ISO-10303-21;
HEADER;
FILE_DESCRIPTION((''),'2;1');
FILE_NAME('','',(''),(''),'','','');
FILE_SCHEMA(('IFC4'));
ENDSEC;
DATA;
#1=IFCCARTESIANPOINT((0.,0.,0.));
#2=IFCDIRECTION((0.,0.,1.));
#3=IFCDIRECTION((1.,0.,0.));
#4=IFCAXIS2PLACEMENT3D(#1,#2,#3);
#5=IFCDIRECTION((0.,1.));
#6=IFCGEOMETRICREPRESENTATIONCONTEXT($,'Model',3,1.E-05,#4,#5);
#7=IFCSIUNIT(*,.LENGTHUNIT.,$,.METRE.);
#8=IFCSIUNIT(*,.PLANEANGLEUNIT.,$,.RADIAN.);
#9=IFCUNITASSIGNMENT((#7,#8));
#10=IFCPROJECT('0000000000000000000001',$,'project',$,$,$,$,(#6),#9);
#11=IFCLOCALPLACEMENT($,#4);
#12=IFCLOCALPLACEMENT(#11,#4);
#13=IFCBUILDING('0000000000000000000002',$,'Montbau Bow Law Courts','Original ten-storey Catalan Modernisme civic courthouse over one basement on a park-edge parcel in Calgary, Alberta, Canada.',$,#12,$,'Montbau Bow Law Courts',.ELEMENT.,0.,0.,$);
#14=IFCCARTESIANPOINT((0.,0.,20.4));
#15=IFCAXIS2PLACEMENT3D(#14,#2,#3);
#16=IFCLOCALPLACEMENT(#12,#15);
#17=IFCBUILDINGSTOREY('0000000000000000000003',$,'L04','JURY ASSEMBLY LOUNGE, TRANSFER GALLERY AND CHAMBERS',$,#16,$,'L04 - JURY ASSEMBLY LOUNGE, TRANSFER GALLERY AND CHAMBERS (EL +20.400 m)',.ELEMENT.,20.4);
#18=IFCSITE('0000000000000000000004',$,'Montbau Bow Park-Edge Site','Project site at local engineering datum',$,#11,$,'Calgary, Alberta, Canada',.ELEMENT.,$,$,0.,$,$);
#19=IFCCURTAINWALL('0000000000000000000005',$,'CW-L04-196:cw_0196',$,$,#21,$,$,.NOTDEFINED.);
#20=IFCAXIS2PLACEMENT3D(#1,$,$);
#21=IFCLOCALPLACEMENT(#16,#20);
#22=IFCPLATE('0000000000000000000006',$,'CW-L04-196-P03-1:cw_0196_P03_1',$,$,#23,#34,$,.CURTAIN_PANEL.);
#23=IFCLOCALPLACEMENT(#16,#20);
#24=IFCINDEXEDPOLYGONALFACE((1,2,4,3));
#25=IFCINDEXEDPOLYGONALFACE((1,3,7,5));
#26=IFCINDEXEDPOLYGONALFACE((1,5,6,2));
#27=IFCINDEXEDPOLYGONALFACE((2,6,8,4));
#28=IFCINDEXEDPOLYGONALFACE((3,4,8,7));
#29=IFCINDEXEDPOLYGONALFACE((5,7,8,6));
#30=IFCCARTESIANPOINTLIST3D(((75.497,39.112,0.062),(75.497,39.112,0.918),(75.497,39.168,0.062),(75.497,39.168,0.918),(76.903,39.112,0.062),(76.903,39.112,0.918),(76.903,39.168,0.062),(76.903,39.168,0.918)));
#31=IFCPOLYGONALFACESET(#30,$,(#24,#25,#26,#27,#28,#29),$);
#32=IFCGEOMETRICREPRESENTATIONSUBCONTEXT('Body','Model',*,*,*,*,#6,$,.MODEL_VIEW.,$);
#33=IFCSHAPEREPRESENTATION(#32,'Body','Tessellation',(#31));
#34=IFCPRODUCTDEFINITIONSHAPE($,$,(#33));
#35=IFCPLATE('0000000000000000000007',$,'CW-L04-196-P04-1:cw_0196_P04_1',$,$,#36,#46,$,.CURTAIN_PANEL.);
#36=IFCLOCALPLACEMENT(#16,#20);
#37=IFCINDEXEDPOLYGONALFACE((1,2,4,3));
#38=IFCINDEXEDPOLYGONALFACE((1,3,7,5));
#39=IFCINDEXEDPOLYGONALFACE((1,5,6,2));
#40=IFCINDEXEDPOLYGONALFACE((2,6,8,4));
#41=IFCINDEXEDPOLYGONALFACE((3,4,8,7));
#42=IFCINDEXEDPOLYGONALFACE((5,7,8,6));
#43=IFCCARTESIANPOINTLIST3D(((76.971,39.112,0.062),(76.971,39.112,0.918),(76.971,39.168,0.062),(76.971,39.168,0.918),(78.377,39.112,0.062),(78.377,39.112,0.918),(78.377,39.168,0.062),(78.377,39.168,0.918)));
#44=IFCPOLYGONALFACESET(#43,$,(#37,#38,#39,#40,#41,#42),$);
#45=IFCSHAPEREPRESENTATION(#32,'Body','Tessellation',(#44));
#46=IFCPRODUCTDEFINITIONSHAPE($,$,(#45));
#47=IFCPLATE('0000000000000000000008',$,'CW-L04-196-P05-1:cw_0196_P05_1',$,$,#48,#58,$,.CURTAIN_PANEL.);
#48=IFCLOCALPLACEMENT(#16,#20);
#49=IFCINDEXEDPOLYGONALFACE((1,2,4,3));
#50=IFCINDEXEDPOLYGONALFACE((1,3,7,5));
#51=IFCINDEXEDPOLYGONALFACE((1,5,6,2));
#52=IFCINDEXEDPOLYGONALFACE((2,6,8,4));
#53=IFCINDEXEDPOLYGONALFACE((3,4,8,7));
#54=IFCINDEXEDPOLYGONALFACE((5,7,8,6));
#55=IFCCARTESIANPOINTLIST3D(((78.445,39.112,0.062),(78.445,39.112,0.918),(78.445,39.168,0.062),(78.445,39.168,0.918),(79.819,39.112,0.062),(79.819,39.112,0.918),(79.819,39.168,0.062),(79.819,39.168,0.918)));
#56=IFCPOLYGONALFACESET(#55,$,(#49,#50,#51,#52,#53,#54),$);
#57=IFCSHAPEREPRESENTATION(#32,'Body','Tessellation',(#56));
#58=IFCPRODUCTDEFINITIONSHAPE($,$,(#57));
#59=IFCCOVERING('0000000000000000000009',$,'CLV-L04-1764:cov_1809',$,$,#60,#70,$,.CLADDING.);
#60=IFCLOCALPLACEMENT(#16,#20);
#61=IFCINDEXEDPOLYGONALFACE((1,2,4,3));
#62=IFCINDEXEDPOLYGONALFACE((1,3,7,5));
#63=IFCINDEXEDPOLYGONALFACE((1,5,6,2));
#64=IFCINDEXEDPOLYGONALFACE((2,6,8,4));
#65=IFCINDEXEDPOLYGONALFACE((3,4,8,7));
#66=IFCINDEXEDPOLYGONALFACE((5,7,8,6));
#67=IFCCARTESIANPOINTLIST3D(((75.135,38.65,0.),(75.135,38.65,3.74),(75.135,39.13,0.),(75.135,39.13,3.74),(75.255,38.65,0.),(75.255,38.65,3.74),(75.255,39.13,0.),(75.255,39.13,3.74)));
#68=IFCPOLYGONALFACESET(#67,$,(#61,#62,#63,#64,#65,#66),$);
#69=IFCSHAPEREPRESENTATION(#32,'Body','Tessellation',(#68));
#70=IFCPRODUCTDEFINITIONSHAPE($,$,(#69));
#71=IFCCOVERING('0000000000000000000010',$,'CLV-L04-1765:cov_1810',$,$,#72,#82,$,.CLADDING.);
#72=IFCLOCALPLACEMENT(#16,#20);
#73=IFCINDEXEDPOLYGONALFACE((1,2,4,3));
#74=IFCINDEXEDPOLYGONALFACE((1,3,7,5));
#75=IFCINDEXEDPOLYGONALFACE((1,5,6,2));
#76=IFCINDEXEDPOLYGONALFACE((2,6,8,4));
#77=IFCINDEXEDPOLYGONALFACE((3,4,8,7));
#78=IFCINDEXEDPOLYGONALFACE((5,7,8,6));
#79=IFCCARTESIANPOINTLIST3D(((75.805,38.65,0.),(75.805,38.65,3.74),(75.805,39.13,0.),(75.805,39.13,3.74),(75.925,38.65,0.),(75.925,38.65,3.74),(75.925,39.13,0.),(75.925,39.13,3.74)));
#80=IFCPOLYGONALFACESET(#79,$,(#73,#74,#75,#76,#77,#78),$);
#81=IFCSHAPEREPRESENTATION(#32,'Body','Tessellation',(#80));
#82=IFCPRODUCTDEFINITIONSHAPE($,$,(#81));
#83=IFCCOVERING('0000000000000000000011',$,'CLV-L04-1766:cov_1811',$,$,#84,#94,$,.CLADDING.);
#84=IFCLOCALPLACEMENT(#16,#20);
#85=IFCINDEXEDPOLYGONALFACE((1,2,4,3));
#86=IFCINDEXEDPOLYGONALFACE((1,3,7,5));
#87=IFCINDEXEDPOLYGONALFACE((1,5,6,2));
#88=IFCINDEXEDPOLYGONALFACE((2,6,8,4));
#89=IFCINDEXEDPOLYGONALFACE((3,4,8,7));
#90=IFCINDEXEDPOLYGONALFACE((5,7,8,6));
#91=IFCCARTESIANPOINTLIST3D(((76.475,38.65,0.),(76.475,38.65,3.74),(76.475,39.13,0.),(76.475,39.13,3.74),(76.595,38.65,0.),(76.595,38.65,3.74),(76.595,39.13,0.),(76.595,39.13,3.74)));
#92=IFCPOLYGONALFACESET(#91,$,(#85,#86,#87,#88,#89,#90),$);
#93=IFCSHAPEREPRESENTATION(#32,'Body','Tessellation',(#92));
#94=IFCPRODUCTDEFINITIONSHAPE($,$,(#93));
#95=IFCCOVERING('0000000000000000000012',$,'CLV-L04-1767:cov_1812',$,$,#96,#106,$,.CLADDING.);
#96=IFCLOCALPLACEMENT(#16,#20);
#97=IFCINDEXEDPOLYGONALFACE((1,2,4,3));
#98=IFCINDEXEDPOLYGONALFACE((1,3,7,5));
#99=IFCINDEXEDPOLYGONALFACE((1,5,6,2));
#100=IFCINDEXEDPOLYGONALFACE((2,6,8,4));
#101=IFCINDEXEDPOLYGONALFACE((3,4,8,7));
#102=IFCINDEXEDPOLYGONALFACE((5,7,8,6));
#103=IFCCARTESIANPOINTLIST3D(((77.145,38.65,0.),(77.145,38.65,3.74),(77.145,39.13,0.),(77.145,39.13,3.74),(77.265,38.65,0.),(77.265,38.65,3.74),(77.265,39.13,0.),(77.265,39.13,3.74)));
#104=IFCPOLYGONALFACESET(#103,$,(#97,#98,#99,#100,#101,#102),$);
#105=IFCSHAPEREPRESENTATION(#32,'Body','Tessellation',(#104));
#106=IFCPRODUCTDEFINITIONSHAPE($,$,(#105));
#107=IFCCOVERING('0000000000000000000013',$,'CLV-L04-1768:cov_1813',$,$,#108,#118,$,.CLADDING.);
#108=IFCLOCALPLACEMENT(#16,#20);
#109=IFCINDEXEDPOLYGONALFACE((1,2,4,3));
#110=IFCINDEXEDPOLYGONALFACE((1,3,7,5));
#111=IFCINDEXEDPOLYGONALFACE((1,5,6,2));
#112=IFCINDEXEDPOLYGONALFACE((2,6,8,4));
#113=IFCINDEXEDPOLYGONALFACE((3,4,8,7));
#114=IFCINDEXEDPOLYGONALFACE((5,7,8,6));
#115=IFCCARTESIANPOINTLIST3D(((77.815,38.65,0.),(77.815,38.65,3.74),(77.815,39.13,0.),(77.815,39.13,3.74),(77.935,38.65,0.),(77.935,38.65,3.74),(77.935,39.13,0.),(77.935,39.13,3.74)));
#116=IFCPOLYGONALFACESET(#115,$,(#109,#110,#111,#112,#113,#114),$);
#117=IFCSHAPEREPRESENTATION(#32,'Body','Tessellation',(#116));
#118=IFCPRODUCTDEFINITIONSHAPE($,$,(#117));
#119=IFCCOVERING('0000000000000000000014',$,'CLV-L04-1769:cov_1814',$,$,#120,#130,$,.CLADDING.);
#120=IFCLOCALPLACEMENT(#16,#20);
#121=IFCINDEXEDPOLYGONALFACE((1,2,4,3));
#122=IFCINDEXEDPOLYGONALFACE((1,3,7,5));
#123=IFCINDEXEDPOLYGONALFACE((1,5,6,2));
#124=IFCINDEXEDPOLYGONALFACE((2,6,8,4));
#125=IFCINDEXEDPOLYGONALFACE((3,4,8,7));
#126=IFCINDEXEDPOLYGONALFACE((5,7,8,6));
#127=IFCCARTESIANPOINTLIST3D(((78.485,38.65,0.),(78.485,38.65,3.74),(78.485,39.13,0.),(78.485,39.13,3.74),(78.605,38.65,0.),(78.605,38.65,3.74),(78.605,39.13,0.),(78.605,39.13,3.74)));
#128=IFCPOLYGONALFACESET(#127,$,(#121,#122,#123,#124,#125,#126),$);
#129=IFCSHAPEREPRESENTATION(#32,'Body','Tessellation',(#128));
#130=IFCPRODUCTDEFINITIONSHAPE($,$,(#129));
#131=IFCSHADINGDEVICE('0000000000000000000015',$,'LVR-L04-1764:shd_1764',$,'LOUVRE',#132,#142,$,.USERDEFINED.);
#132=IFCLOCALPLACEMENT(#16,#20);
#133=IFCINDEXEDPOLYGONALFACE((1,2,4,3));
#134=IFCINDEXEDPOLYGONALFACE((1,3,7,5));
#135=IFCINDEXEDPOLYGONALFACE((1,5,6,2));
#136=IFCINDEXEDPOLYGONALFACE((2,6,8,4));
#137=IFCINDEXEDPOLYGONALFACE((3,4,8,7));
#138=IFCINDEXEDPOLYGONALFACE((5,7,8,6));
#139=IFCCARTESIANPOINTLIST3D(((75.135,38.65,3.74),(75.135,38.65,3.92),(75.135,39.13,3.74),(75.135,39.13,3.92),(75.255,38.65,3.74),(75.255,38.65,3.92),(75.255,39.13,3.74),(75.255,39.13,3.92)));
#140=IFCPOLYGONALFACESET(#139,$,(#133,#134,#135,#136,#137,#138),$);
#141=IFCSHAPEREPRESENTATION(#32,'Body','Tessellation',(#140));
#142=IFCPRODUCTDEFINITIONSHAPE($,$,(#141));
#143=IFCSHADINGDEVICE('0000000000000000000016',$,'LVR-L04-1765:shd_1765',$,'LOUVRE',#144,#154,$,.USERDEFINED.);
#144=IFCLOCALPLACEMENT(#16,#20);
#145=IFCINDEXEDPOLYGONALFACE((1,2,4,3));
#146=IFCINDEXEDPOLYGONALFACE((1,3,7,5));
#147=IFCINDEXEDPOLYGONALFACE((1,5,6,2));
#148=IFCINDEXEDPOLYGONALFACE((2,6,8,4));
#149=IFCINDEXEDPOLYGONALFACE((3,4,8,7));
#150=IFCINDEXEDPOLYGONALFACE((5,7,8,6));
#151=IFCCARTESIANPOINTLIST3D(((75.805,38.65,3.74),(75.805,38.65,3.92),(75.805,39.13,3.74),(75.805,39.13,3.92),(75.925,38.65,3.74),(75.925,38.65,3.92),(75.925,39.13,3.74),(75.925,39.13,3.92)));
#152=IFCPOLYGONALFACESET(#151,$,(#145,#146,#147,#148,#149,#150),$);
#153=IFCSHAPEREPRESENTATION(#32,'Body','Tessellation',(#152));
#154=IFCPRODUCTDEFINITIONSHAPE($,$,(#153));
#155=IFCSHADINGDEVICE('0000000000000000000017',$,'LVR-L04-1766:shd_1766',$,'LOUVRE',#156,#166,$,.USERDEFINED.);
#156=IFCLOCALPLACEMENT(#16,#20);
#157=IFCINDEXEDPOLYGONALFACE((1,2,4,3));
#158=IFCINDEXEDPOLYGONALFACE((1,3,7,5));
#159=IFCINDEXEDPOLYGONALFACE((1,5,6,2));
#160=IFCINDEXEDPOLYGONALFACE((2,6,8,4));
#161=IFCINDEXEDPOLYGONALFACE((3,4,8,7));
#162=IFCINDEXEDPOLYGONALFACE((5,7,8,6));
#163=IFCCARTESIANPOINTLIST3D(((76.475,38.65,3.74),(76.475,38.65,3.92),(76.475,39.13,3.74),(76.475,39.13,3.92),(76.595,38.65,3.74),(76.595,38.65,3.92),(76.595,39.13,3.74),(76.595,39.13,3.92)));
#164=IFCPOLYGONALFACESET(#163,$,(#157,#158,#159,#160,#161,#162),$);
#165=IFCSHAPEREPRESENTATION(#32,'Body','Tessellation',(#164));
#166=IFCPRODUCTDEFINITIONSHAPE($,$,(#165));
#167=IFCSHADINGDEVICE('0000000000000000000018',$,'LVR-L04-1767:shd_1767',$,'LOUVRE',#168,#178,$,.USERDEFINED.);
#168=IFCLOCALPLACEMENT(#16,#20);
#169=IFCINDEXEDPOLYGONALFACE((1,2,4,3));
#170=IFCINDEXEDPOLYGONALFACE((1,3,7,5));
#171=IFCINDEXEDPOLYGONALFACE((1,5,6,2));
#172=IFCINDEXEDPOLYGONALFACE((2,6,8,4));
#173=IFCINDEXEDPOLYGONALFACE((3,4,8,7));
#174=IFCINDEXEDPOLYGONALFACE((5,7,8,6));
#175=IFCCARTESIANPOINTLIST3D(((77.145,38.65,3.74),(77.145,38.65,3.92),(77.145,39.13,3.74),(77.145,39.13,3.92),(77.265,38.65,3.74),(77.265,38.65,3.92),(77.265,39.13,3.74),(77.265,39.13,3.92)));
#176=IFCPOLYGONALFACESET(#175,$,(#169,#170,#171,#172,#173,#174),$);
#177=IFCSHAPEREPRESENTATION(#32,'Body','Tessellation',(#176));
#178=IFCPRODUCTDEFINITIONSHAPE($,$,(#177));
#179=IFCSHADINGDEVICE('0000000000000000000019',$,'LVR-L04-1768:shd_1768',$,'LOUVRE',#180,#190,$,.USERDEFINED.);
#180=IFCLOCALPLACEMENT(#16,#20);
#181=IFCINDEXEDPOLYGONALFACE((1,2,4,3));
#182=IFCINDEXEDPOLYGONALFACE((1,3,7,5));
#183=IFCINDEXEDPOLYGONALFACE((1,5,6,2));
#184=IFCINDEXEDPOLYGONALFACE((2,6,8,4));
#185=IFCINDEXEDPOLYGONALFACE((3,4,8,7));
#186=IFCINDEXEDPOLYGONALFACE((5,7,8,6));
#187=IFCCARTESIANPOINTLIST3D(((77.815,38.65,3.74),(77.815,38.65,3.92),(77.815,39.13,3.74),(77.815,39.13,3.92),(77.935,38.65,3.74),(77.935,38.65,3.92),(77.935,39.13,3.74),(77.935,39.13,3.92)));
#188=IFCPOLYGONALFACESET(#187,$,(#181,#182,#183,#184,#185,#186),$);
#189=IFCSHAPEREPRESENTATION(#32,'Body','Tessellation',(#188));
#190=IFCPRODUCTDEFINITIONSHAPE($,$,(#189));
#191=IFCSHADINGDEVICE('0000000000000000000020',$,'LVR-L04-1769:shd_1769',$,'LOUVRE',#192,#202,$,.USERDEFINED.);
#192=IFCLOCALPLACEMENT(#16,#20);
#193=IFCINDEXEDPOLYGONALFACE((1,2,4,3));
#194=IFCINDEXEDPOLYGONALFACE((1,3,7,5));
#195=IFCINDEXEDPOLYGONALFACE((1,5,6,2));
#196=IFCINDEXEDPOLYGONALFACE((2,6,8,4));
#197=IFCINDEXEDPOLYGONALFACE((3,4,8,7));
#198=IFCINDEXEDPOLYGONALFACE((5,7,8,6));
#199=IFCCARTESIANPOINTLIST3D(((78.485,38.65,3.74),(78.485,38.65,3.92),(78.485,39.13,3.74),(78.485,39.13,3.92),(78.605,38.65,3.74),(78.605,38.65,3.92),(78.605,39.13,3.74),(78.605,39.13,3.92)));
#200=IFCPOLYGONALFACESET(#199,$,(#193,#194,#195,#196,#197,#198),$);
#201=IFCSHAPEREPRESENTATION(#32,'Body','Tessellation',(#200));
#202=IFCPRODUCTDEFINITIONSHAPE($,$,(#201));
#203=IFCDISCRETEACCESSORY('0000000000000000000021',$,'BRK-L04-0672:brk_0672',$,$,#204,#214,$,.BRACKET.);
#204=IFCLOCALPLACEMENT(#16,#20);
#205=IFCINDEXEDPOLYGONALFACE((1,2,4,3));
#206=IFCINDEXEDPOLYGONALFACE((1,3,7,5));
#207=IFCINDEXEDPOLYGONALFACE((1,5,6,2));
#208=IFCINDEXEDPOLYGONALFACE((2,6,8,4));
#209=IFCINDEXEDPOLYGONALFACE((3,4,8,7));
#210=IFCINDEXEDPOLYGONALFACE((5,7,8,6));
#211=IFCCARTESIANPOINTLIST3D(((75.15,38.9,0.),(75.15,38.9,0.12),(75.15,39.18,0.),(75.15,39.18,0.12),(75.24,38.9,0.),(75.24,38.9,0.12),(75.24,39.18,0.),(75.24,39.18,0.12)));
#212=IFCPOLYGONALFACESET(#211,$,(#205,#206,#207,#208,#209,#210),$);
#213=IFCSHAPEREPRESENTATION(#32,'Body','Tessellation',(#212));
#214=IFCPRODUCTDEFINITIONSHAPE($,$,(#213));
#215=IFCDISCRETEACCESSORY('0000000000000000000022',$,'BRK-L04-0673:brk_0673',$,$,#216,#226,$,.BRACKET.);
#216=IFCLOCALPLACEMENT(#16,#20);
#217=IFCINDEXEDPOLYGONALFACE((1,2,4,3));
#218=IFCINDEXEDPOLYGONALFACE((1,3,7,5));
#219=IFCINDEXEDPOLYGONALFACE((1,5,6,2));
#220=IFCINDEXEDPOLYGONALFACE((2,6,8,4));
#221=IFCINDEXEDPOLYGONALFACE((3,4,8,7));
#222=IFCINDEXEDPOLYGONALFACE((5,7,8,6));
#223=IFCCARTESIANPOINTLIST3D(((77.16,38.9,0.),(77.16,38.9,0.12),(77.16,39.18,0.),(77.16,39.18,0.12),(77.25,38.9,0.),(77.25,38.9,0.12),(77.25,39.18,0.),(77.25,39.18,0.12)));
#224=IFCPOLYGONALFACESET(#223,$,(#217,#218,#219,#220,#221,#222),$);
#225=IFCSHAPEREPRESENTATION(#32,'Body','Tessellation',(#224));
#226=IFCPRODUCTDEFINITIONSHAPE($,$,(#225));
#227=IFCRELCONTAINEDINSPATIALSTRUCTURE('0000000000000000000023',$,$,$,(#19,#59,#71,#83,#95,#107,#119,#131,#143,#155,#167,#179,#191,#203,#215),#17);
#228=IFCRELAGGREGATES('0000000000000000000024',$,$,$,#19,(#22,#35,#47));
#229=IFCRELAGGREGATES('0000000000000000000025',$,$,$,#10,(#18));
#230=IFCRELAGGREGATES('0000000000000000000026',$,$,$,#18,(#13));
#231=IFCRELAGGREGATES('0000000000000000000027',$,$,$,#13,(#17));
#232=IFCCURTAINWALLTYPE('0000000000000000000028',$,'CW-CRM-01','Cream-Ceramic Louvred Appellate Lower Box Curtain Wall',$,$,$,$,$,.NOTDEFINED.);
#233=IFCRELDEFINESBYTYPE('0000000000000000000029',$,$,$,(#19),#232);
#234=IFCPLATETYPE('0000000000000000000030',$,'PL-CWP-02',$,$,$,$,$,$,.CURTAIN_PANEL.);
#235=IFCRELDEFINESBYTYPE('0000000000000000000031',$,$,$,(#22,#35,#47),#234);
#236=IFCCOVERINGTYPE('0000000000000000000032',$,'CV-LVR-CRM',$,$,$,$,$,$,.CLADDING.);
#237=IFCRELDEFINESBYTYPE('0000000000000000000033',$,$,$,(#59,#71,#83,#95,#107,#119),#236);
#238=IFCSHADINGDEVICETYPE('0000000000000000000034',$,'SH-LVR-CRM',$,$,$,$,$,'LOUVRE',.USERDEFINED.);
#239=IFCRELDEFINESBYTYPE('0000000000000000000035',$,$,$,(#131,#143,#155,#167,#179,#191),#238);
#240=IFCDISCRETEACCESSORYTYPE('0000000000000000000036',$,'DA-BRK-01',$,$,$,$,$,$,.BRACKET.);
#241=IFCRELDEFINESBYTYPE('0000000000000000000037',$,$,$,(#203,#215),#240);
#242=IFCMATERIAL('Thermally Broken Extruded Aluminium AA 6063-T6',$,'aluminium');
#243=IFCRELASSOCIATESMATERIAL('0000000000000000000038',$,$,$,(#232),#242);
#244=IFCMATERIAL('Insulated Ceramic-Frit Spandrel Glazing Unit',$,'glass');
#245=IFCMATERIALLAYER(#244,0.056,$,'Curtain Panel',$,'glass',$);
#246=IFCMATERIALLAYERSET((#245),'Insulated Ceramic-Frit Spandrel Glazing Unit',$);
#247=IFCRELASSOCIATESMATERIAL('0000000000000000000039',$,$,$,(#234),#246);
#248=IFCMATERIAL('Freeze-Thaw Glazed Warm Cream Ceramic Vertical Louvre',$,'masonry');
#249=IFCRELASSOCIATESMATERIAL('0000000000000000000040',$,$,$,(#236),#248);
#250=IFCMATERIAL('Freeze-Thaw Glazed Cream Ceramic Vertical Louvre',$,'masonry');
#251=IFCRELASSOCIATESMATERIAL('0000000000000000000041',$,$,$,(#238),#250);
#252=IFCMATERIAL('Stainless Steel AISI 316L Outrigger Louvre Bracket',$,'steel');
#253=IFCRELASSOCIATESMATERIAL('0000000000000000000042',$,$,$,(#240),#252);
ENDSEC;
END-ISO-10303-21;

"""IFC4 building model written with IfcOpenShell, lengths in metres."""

from ifc_helpers import new_model, si_unit, direction, frame, frame_2d, origin_with_axes, origin_2d_with_axis, place, context, subcontext, project, spatial, rectangle, extrude, material, layer, layer_set, type_object, element, aggregate, save


model = new_model("IFC4")

# Units and contexts
model_context = context("Model", 3, precision=1e-05, world=origin_with_axes(), true_north=direction((0.0, 1.0)))
body_context = subcontext(model_context, "Body", "Model", "MODEL_VIEW")
ifc_project = project(units=[si_unit("LENGTHUNIT", "METRE"), si_unit("PLANEANGLEUNIT", "RADIAN")], contexts=[model_context])

# Site, building, storey
site_placement = place(None, origin_with_axes())
site = spatial("IfcSite", under=ifc_project, at=site_placement, Name="Montbau Bow Park-Edge Site", Description="Project site at local engineering datum", LongName="Calgary, Alberta, Canada", CompositionType="ELEMENT", RefElevation=0.0)
building_placement = place(site_placement, origin_with_axes())
building = spatial("IfcBuilding", under=site, at=building_placement, Name="Montbau Bow Law Courts", Description="Original ten-storey Catalan Modernisme civic courthouse over one basement on a park-edge parcel in Calgary, Alberta, Canada.", LongName="Montbau Bow Law Courts", CompositionType="ELEMENT", ElevationOfRefHeight=0.0, ElevationOfTerrain=0.0)
storey_placement = place(building_placement, frame((0.0, 0.0, 20.4), z_axis=(0.0, 0.0, 1.0), x_axis=(1.0, 0.0, 0.0)))
storey = spatial("IfcBuildingStorey", under=building, at=storey_placement, Name="L04", Description="JURY ASSEMBLY LOUNGE, TRANSFER GALLERY AND CHAMBERS", LongName="L04 - JURY ASSEMBLY LOUNGE, TRANSFER GALLERY AND CHAMBERS (EL +20.400 m)", CompositionType="ELEMENT", Elevation=20.4)

# Curtain wall, plates
ifc_material_1 = material(Name="Thermally Broken Extruded Aluminium AA 6063-T6", Category="aluminium")
curtain_wall_type = type_object("IfcCurtainWallType", Name="CW-CRM-01", Description="Cream-Ceramic Louvred Appellate Lower Box Curtain Wall", PredefinedType="NOTDEFINED", material=ifc_material_1)
curtain_wall_placement = place(None, frame((72.515, 39.14, 20.4), z_axis=(0.0, 0.0, 1.0), x_axis=(1.0, 0.0, 0.0)))
curtain_wall = element("IfcCurtainWall", 1, at=curtain_wall_placement, inside=storey, type_object=curtain_wall_type, Name="CW-L04-196:cw_0196", PredefinedType="NOTDEFINED")
ifc_material_2 = material(Name="Insulated Ceramic-Frit Spandrel Glazing Unit", Category="glass")
ifc_layer_1 = layer(ifc_material_2, 0.056, Name="Curtain Panel", Category="glass")
ifc_layer_set_1 = layer_set([ifc_layer_1], Name="Insulated Ceramic-Frit Spandrel Glazing Unit")
plate_type_1 = type_object("IfcPlateType", Name="PL-CWP-02", PredefinedType="CURTAIN_PANEL", material=ifc_layer_set_1)
plate_1_placement = place(None, frame((75.497, 39.14, 20.462), z_axis=(0.0, -1.0, 0.0), x_axis=(1.0, 0.0, 0.0)))
plate_1 = element("IfcPlate", 2, at=plate_1_placement, type_object=plate_type_1, Name="CW-L04-196-P03-1:cw_0196_P03_1", PredefinedType="CURTAIN_PANEL", context=body_context, shape_type="SweptSolid", body=[
    extrude(rectangle(XDim=1.406, YDim=0.856, at=frame_2d((0.703, 0.428), x_axis=(1.0, 0.0))), frame((0.0, 0.0, -0.028), z_axis=(0.0, 0.0, 1.0), x_axis=(1.0, 0.0, 0.0)), (0.0, 0.0, 1.0), 0.056),
])
plate_2_placement = place(None, frame((76.971, 39.14, 20.462), z_axis=(0.0, -1.0, 0.0), x_axis=(1.0, 0.0, 0.0)))
plate_2 = element("IfcPlate", 3, at=plate_2_placement, type_object=plate_type_1, Name="CW-L04-196-P04-1:cw_0196_P04_1", PredefinedType="CURTAIN_PANEL", context=body_context, shape_type="SweptSolid", body=[
    extrude(rectangle(XDim=1.406, YDim=0.856, at=frame_2d((0.703, 0.428), x_axis=(1.0, 0.0))), frame((0.0, 0.0, -0.028), z_axis=(0.0, 0.0, 1.0), x_axis=(1.0, 0.0, 0.0)), (0.0, 0.0, 1.0), 0.056),
])
plate_3_placement = place(None, frame((78.445, 39.14, 20.462), z_axis=(0.0, -1.0, 0.0), x_axis=(1.0, 0.0, 0.0)))
plate_3 = element("IfcPlate", 4, at=plate_3_placement, type_object=plate_type_1, Name="CW-L04-196-P05-1:cw_0196_P05_1", PredefinedType="CURTAIN_PANEL", context=body_context, shape_type="SweptSolid", body=[
    extrude(rectangle(XDim=1.374, YDim=0.856, at=frame_2d((0.687, 0.428), x_axis=(1.0, 0.0))), frame((0.0, 0.0, -0.028), z_axis=(0.0, 0.0, 1.0), x_axis=(1.0, 0.0, 0.0)), (0.0, 0.0, 1.0), 0.056),
])
aggregate(curtain_wall, [plate_1, plate_2, plate_3])

# Coverings
ifc_material_3 = material(Name="Freeze-Thaw Glazed Warm Cream Ceramic Vertical Louvre", Category="masonry")
covering_type = type_object("IfcCoveringType", Name="CV-LVR-CRM", PredefinedType="CLADDING", material=ifc_material_3)
for number, where, z_axis, x_axis, name in (
    (5, (75.195, 39.13, 20.4), (-1.0, 0.0, 0.0), (0.0, -1.0, 0.0), "CLV-L04-1764:cov_1809"),
    (6, (75.865, 39.13, 20.4), (-1.0, 0.0, 0.0), (0.0, -1.0, 0.0), "CLV-L04-1765:cov_1810"),
    (7, (76.535, 39.13, 20.4), (-1.0, 0.0, 0.0), (0.0, -1.0, 0.0), "CLV-L04-1766:cov_1811"),
    (8, (77.205, 39.13, 20.4), (-1.0, 0.0, 0.0), (0.0, -1.0, 0.0), "CLV-L04-1767:cov_1812"),
    (9, (77.875, 39.13, 20.4), (-1.0, 0.0, 0.0), (0.0, -1.0, 0.0), "CLV-L04-1768:cov_1813"),
    (10, (78.545, 39.13, 20.4), (-1.0, 0.0, 0.0), (0.0, -1.0, 0.0), "CLV-L04-1769:cov_1814"),
):
    element("IfcCovering", number, at=place(None, frame(where, z_axis=z_axis, x_axis=x_axis)), inside=storey, type_object=covering_type, Name=name, PredefinedType="CLADDING", context=body_context, shape_type="SweptSolid", body=[
        extrude(rectangle(XDim=0.48, YDim=3.74, at=frame_2d((0.24, 1.87), x_axis=(1.0, 0.0))), frame((0.0, 0.0, -0.06), z_axis=(0.0, 0.0, 1.0), x_axis=(1.0, 0.0, 0.0)), (0.0, 0.0, 1.0), 0.12),
    ])

# Shading devices
ifc_material_4 = material(Name="Freeze-Thaw Glazed Cream Ceramic Vertical Louvre", Category="masonry")
shading_device_type = type_object("IfcShadingDeviceType", Name="SH-LVR-CRM", ElementType="LOUVRE", PredefinedType="USERDEFINED", material=ifc_material_4)
for number, where, z_axis, x_axis, name in (
    (11, (75.195, 38.89, 24.14), (0.0, 0.0, 1.0), (0.0, -1.0, 0.0), "LVR-L04-1764:shd_1764"),
    (12, (75.865, 38.89, 24.14), (0.0, 0.0, 1.0), (0.0, -1.0, 0.0), "LVR-L04-1765:shd_1765"),
    (13, (76.535, 38.89, 24.14), (0.0, 0.0, 1.0), (0.0, -1.0, 0.0), "LVR-L04-1766:shd_1766"),
    (14, (77.205, 38.89, 24.14), (0.0, 0.0, 1.0), (0.0, -1.0, 0.0), "LVR-L04-1767:shd_1767"),
    (15, (77.875, 38.89, 24.14), (0.0, 0.0, 1.0), (0.0, -1.0, 0.0), "LVR-L04-1768:shd_1768"),
    (16, (78.545, 38.89, 24.14), (0.0, 0.0, 1.0), (0.0, -1.0, 0.0), "LVR-L04-1769:shd_1769"),
):
    element("IfcShadingDevice", number, at=place(None, frame(where, z_axis=z_axis, x_axis=x_axis)), inside=storey, type_object=shading_device_type, Name=name, ObjectType="LOUVRE", PredefinedType="USERDEFINED", context=body_context, shape_type="SweptSolid", body=[
        extrude(rectangle(XDim=0.48, YDim=0.12, at=origin_2d_with_axis()), origin_with_axes(), (0.0, 0.0, 1.0), 0.18),
    ])

# Discrete accessories
ifc_material_5 = material(Name="Stainless Steel AISI 316L Outrigger Louvre Bracket", Category="steel")
discrete_accessory_type = type_object("IfcDiscreteAccessoryType", Name="DA-BRK-01", PredefinedType="BRACKET", material=ifc_material_5)
for number, where, z_axis, x_axis, name in (
    (17, (75.195, 39.04, 20.4), (0.0, 0.0, 1.0), (0.0, -1.0, 0.0), "BRK-L04-0672:brk_0672"),
    (18, (77.205, 39.04, 20.4), (0.0, 0.0, 1.0), (0.0, -1.0, 0.0), "BRK-L04-0673:brk_0673"),
):
    element("IfcDiscreteAccessory", number, at=place(None, frame(where, z_axis=z_axis, x_axis=x_axis)), inside=storey, type_object=discrete_accessory_type, Name=name, PredefinedType="BRACKET", context=body_context, shape_type="SweptSolid", body=[
        extrude(rectangle(XDim=0.28, YDim=0.09, at=origin_2d_with_axis()), origin_with_axes(), (0.0, 0.0, 1.0), 0.12),
    ])

save(model, "model.ifc")
